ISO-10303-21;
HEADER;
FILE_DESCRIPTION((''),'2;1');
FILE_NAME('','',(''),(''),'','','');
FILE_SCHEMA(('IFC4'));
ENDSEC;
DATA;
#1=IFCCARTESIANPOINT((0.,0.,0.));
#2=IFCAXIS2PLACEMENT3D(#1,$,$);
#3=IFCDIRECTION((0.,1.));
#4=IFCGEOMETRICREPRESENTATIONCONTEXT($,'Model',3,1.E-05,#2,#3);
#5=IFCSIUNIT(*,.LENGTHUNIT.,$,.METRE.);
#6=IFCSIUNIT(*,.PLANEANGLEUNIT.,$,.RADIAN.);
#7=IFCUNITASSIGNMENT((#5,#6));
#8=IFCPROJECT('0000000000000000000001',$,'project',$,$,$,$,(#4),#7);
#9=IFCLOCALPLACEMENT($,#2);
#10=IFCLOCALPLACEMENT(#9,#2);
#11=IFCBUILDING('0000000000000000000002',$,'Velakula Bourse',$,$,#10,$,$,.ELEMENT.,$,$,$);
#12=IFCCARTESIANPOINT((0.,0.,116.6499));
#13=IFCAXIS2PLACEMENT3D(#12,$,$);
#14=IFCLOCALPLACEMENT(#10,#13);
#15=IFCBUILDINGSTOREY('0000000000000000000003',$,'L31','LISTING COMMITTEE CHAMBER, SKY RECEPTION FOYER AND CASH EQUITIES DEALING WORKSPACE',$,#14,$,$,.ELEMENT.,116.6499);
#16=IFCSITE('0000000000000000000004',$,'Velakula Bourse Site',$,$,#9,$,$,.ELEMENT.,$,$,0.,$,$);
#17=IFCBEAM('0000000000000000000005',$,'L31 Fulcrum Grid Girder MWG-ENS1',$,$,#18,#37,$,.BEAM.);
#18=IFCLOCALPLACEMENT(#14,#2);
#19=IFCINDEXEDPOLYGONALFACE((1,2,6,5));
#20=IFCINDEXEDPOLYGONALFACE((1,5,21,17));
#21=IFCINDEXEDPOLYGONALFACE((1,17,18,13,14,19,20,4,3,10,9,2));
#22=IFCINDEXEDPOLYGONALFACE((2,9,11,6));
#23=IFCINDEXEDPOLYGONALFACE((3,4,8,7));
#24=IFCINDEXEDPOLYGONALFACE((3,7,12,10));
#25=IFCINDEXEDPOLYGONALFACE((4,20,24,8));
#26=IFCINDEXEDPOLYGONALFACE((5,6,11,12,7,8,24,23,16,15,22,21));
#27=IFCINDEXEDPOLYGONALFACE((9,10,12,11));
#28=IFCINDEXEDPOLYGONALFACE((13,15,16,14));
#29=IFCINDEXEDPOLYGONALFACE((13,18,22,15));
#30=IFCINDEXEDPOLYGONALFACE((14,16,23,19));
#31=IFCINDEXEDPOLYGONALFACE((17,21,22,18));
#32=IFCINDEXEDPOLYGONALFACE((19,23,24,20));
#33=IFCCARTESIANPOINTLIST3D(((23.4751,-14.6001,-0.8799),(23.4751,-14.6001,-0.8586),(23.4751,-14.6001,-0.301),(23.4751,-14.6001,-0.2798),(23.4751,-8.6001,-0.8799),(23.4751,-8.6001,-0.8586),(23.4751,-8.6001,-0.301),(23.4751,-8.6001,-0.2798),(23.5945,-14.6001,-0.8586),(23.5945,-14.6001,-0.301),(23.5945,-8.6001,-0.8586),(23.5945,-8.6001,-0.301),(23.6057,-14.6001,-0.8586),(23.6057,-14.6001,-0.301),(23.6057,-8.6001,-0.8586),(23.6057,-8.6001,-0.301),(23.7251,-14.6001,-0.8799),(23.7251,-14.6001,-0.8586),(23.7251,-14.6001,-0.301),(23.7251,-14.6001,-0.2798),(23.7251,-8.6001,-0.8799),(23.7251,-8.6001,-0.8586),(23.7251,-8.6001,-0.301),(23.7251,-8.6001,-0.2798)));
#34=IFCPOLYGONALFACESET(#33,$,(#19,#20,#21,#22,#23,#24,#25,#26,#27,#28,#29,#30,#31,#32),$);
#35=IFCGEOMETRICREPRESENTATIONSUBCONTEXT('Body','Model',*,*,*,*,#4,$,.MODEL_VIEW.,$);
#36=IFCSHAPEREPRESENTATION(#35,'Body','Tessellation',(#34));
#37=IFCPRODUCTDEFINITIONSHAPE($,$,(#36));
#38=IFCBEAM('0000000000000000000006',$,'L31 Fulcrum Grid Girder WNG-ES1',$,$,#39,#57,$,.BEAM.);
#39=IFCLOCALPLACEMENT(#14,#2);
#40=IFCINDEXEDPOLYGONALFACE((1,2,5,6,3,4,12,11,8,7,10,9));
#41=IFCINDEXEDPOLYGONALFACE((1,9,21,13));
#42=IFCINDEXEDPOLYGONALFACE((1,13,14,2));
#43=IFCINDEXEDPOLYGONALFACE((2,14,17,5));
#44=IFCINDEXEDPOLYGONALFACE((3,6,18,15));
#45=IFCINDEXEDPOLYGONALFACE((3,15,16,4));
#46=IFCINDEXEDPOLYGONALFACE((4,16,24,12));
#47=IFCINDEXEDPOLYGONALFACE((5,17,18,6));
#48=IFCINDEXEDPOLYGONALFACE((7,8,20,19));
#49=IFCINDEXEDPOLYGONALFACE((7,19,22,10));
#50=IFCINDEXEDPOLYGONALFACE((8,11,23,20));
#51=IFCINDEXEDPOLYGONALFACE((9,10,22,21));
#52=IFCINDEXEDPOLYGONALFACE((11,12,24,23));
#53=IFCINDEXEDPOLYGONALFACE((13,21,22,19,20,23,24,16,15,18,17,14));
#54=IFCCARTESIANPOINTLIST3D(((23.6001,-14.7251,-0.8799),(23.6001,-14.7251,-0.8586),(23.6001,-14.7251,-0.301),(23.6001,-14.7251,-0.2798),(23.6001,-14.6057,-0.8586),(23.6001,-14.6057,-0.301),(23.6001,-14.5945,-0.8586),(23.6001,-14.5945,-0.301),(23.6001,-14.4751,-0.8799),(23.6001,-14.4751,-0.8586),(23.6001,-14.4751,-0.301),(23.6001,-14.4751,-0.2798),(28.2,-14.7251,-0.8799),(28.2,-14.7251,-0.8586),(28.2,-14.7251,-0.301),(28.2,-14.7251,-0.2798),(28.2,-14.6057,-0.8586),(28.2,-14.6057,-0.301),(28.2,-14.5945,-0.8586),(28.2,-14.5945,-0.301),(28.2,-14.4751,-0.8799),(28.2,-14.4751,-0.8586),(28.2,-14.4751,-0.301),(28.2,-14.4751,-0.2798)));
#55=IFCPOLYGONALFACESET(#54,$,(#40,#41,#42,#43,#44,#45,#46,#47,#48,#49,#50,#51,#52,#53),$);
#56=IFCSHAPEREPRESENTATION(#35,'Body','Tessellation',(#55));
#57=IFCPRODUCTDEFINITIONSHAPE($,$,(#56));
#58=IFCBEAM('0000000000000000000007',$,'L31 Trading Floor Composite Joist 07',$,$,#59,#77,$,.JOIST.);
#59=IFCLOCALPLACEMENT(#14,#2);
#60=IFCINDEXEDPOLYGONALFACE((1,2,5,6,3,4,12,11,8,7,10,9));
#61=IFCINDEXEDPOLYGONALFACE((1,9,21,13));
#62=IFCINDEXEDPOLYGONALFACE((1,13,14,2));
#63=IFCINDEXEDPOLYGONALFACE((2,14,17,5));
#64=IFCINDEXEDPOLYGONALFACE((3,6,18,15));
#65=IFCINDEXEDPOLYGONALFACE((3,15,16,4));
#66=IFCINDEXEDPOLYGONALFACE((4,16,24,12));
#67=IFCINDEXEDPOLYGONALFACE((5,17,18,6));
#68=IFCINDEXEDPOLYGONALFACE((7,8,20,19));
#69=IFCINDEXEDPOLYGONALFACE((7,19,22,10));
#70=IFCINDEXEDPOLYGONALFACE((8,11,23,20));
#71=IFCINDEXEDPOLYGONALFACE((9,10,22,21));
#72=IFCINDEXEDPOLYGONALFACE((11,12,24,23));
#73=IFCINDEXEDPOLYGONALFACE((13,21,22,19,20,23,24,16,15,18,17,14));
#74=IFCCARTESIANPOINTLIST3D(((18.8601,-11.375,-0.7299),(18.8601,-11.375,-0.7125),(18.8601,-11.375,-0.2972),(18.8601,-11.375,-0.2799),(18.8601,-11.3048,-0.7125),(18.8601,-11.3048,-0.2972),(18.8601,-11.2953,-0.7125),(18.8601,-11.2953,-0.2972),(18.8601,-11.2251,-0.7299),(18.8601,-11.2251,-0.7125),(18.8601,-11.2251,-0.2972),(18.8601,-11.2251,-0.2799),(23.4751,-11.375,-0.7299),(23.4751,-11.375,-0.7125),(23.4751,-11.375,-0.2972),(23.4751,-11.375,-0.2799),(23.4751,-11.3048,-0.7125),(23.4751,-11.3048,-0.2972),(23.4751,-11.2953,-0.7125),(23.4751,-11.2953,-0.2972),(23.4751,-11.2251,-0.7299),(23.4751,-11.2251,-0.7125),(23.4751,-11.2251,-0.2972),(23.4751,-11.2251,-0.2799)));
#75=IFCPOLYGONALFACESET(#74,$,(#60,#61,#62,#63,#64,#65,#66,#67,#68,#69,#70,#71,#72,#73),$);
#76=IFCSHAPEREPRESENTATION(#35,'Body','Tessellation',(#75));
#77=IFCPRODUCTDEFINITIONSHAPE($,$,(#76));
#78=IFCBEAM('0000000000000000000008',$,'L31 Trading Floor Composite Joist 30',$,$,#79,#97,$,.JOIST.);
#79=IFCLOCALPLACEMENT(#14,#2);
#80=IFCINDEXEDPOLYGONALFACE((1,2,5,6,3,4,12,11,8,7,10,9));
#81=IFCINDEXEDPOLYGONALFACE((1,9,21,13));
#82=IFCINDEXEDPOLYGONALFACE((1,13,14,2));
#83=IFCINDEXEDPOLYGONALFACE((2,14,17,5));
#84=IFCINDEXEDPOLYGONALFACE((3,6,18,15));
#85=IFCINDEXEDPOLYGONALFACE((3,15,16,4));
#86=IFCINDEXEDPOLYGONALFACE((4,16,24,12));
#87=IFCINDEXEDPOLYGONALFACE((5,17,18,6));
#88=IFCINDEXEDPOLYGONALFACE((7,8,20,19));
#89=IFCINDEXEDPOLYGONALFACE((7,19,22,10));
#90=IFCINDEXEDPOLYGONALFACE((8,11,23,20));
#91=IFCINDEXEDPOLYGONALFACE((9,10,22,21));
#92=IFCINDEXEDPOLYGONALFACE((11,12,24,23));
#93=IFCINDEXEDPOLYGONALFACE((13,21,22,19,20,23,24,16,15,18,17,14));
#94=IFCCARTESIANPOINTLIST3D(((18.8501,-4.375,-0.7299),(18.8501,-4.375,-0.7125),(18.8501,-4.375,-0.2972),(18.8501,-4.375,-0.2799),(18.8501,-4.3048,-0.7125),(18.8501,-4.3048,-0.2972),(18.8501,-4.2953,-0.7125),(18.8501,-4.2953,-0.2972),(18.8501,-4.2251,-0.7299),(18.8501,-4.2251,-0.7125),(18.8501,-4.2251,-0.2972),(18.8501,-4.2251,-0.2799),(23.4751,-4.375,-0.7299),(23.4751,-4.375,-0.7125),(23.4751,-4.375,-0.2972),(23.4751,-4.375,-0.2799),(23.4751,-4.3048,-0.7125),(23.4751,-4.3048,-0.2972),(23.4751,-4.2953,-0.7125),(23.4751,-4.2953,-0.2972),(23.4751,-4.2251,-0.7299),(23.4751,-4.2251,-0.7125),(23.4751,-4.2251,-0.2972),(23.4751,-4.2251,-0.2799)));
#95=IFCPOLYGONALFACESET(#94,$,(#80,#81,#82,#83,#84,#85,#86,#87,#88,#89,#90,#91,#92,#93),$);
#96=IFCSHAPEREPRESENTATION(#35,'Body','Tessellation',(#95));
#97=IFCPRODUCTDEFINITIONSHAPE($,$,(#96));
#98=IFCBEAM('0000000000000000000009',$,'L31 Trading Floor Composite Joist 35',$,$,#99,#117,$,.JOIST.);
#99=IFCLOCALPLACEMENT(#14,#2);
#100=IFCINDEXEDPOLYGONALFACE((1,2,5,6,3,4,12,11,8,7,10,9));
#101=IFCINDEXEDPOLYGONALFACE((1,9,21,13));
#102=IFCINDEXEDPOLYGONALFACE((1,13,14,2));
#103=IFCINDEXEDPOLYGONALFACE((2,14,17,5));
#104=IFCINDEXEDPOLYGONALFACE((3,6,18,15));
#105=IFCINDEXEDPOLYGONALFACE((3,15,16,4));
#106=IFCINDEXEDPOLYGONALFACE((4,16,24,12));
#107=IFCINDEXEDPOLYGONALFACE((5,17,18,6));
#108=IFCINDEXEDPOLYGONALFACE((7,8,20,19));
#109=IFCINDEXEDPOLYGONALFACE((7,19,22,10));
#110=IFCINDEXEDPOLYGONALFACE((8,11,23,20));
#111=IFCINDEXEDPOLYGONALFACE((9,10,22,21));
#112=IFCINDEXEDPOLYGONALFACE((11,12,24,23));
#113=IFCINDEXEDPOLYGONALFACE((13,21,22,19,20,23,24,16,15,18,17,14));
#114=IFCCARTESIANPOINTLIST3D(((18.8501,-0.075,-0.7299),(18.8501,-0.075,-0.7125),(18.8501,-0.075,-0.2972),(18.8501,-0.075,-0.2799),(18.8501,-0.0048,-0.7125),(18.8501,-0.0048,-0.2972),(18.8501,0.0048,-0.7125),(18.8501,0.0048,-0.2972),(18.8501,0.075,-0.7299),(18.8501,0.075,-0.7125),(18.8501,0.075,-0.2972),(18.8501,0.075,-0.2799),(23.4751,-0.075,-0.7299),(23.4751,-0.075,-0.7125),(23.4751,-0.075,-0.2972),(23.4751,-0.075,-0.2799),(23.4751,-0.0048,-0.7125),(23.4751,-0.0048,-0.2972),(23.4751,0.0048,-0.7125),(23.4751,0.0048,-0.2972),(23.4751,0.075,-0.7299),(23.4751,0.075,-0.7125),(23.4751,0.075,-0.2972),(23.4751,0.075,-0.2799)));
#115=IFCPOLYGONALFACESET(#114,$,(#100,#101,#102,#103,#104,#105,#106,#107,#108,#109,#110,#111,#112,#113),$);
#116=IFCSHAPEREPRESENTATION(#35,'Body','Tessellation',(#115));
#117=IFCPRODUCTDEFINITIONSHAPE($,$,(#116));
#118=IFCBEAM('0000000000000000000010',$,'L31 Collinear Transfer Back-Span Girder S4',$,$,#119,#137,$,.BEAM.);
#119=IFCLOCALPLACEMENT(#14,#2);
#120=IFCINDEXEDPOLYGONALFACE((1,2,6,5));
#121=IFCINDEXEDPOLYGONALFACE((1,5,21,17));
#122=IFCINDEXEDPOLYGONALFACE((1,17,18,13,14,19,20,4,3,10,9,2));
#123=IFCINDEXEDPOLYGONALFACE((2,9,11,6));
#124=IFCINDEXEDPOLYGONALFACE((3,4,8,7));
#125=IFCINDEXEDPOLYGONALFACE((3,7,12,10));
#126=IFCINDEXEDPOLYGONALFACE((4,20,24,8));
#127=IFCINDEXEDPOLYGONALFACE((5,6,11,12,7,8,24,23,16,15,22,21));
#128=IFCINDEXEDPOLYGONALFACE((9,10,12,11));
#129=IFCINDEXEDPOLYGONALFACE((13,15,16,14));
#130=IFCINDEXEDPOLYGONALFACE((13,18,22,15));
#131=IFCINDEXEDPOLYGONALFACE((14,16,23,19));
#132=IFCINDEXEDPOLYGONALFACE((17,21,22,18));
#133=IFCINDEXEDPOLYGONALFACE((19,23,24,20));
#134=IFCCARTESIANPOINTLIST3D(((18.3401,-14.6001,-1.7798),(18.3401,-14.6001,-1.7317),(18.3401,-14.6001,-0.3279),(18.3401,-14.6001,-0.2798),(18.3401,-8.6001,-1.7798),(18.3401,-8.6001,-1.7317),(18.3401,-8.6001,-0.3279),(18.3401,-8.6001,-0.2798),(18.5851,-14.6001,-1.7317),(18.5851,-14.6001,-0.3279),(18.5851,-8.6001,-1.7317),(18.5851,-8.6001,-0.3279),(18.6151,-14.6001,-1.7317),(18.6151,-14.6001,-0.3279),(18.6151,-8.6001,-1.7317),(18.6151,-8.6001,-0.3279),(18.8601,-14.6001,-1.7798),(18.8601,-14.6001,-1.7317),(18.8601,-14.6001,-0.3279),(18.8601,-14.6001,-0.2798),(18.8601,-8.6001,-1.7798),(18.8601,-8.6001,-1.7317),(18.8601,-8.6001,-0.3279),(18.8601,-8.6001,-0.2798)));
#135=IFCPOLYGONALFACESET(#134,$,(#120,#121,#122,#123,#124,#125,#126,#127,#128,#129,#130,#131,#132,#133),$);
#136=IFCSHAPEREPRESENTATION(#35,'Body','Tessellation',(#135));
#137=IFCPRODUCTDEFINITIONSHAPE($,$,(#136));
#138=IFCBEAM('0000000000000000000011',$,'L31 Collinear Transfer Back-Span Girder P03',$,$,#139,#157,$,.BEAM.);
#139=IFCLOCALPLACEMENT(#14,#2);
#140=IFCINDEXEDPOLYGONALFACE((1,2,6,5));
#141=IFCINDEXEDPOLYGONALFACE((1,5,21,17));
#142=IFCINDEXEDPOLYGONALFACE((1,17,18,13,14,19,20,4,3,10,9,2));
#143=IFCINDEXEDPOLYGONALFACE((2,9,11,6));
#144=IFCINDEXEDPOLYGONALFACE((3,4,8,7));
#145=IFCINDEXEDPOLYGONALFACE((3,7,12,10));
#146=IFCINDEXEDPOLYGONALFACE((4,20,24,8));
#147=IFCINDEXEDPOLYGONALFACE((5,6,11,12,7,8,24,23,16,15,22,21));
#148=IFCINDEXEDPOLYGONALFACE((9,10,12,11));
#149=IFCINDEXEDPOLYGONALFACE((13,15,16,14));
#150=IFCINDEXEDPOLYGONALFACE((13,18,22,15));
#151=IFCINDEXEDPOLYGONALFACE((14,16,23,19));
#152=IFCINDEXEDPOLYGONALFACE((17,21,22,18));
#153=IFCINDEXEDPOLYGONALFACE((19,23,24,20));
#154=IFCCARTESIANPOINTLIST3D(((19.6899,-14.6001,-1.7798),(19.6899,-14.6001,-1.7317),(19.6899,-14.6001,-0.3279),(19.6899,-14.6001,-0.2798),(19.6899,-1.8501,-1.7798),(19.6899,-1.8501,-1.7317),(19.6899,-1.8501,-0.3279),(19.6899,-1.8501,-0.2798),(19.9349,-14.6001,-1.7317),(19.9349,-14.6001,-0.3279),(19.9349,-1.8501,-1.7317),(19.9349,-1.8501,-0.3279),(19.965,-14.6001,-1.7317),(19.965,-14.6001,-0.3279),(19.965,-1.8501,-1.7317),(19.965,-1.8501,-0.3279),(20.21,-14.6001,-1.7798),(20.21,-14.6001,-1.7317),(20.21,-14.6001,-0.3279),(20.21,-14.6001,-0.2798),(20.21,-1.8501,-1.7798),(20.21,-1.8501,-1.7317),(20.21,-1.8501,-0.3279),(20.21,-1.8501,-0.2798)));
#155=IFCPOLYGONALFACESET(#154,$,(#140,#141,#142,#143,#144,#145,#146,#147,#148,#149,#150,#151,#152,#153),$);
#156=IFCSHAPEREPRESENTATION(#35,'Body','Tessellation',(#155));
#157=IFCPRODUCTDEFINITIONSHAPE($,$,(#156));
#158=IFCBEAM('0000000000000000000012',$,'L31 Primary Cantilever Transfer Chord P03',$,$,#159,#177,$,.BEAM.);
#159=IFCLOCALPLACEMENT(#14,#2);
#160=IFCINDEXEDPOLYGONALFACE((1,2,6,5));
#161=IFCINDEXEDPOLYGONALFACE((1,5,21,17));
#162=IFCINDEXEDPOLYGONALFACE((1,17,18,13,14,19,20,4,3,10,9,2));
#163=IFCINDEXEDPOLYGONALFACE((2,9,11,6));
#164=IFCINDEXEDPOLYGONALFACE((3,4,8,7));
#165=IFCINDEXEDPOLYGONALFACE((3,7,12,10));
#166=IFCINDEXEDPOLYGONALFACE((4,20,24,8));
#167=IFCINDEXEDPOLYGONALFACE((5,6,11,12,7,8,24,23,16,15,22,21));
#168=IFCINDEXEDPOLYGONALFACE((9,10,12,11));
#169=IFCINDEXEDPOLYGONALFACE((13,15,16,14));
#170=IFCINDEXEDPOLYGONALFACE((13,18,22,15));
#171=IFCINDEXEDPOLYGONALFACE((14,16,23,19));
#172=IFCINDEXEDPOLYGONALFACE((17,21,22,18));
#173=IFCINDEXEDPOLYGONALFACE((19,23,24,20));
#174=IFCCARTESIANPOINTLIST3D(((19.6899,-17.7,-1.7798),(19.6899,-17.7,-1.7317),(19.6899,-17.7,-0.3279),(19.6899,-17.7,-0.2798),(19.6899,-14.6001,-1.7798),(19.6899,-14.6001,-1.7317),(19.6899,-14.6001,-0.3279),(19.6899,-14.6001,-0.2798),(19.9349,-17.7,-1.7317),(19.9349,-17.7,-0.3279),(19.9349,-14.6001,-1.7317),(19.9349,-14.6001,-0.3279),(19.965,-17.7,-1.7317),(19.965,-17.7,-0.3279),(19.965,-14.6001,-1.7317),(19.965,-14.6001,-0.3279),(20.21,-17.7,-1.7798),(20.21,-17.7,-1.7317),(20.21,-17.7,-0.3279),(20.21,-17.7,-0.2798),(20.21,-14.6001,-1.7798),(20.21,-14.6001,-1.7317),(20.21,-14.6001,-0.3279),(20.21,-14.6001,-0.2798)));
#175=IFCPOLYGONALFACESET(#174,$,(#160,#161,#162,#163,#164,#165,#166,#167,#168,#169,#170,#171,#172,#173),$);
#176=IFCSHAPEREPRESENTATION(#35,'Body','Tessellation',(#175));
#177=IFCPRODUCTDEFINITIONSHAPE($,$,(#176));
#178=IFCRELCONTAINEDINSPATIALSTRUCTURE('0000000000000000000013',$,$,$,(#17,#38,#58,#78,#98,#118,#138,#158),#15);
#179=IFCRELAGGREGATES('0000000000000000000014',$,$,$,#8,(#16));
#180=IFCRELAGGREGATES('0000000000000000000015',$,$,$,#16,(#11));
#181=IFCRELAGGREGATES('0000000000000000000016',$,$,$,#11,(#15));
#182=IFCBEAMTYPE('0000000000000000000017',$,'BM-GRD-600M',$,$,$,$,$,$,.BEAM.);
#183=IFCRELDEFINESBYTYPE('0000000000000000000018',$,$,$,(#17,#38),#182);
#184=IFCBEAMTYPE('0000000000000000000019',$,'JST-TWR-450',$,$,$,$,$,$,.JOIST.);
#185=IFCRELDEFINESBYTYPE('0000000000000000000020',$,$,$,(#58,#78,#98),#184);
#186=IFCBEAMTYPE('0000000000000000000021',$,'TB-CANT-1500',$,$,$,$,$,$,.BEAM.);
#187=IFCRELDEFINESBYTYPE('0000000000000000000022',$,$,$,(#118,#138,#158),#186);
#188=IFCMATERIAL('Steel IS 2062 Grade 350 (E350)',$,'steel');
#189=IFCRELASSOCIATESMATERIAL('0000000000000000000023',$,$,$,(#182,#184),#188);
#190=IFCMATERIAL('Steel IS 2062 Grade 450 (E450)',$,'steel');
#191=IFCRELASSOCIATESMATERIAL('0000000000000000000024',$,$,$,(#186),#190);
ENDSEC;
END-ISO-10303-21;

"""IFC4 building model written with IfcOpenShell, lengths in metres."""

from ifc_helpers import new_model, si_unit, direction, frame, origin, origin_2d, place, context, subcontext, project, spatial, i_section, extrude, material, material_profile, profile_set, type_object, element, save


model = new_model("IFC4")

# Units and contexts
model_context = context("Model", 3, precision=1e-05, world=origin(), true_north=direction((0.0, 1.0)))
body_context = subcontext(model_context, "Body", "Model", "MODEL_VIEW")
ifc_project = project(units=[si_unit("LENGTHUNIT", "METRE"), si_unit("PLANEANGLEUNIT", "RADIAN")], contexts=[model_context])

# Site, building, storey
site_placement = place(None, origin())
site = spatial("IfcSite", under=ifc_project, at=site_placement, Name="Velakula Bourse Site", CompositionType="ELEMENT", RefElevation=0.0)
building_placement = place(site_placement, origin())
building = spatial("IfcBuilding", under=site, at=building_placement, Name="Velakula Bourse", CompositionType="ELEMENT")
storey_placement = place(building_placement, frame((0.0, 0.0, 116.6499)))
storey = spatial("IfcBuildingStorey", under=building, at=storey_placement, Name="L31", Description="LISTING COMMITTEE CHAMBER, SKY RECEPTION FOYER AND CASH EQUITIES DEALING WORKSPACE", CompositionType="ELEMENT", Elevation=116.6499)

# Shared definitions
ifc_material_1 = material(Name="Steel IS 2062 Grade 350 (E350)", Category="steel")

# Beams
ifc_material_profile_1 = material_profile(ifc_material_1, i_section(OverallWidth=0.25, OverallDepth=0.6001, WebThickness=0.0112, FlangeThickness=0.0212, at=origin_2d()), Name="Steel IS 2062 Grade 350 (E350)")
ifc_profile_set_1 = profile_set([ifc_material_profile_1], Name="Steel IS 2062 Grade 350 (E350)")
beam_type_1 = type_object("IfcBeamType", Name="BM-GRD-600M", PredefinedType="BEAM", material=ifc_profile_set_1)
beam_1_placement = place(storey_placement, frame((23.6001, -14.6001, -0.5798), z_axis=(0.0, 1.0, 0.0), x_axis=(-1.0, 0.0, 0.0)))
element("IfcBeam", 1, at=beam_1_placement, inside=storey, type_object=beam_type_1, Name="L31 Fulcrum Grid Girder MWG-ENS1", PredefinedType="BEAM", context=body_context, shape_type="SweptSolid", body=[
    extrude(i_section(OverallWidth=0.25, OverallDepth=0.6001, WebThickness=0.0112, FlangeThickness=0.0212, at=origin_2d()), origin(), (0.0, 0.0, 1.0), 6.0),
])
beam_2_placement = place(storey_placement, frame((23.6001, -14.6001, -0.5798), z_axis=(1.0, 0.0, 0.0), x_axis=(0.0, 1.0, 0.0)))
element("IfcBeam", 2, at=beam_2_placement, inside=storey, type_object=beam_type_1, Name="L31 Fulcrum Grid Girder WNG-ES1", PredefinedType="BEAM", context=body_context, shape_type="SweptSolid", body=[
    extrude(i_section(OverallWidth=0.25, OverallDepth=0.6001, WebThickness=0.0112, FlangeThickness=0.0212, at=origin_2d()), origin(), (0.0, 0.0, 1.0), 4.5999),
])
ifc_material_profile_2 = material_profile(ifc_material_1, i_section(OverallWidth=0.1499, OverallDepth=0.45, WebThickness=0.0095, FlangeThickness=0.0173, at=origin_2d()), Name="Steel IS 2062 Grade 350 (E350)")
ifc_profile_set_2 = profile_set([ifc_material_profile_2], Name="Steel IS 2062 Grade 350 (E350)")
beam_type_2 = type_object("IfcBeamType", Name="JST-TWR-450", PredefinedType="JOIST", material=ifc_profile_set_2)
beam_3_placement = place(storey_placement, frame((18.8601, -11.3, -0.5049), z_axis=(1.0, 0.0, 0.0), x_axis=(0.0, 1.0, 0.0)))
element("IfcBeam", 3, at=beam_3_placement, inside=storey, type_object=beam_type_2, Name="L31 Trading Floor Composite Joist 07", PredefinedType="JOIST", context=body_context, shape_type="SweptSolid", body=[
    extrude(i_section(OverallWidth=0.1499, OverallDepth=0.45, WebThickness=0.0095, FlangeThickness=0.0173, at=origin_2d()), origin(), (0.0, 0.0, 1.0), 4.615),
])
for number, where, z_axis, x_axis, name in (
    (4, (18.8501, -4.3, -0.5049), (1.0, 0.0, 0.0), (0.0, 1.0, 0.0), "L31 Trading Floor Composite Joist 30"),
    (5, (18.8501, 0.0, -0.5049), (1.0, 0.0, 0.0), (0.0, 1.0, 0.0), "L31 Trading Floor Composite Joist 35"),
):
    element("IfcBeam", number, at=place(storey_placement, frame(where, z_axis=z_axis, x_axis=x_axis)), inside=storey, type_object=beam_type_2, Name=name, PredefinedType="JOIST", context=body_context, shape_type="SweptSolid", body=[
        extrude(i_section(OverallWidth=0.1499, OverallDepth=0.45, WebThickness=0.0095, FlangeThickness=0.0173, at=origin_2d()), origin(), (0.0, 0.0, 1.0), 4.625),
    ])
ifc_material_2 = material(Name="Steel IS 2062 Grade 450 (E450)", Category="steel")
ifc_material_profile_3 = material_profile(ifc_material_2, i_section(OverallWidth=0.52, OverallDepth=1.5, WebThickness=0.03, FlangeThickness=0.0481, at=origin_2d()), Name="Steel IS 2062 Grade 450 (E450)")
ifc_profile_set_3 = profile_set([ifc_material_profile_3], Name="Steel IS 2062 Grade 450 (E450)")
beam_type_3 = type_object("IfcBeamType", Name="TB-CANT-1500", PredefinedType="BEAM", material=ifc_profile_set_3)
beam_4_placement = place(storey_placement, frame((18.6001, -8.6001, -1.0298), z_axis=(0.0, -1.0, 0.0), x_axis=(1.0, 0.0, 0.0)))
element("IfcBeam", 6, at=beam_4_placement, inside=storey, type_object=beam_type_3, Name="L31 Collinear Transfer Back-Span Girder S4", PredefinedType="BEAM", context=body_context, shape_type="SweptSolid", body=[
    extrude(i_section(OverallWidth=0.52, OverallDepth=1.5, WebThickness=0.03, FlangeThickness=0.0481, at=origin_2d()), origin(), (0.0, 0.0, 1.0), 6.0),
])
beam_5_placement = place(storey_placement, frame((19.95, -1.8501, -1.0298), z_axis=(0.0, -1.0, 0.0), x_axis=(1.0, 0.0, 0.0)))
element("IfcBeam", 7, at=beam_5_placement, inside=storey, type_object=beam_type_3, Name="L31 Collinear Transfer Back-Span Girder P03", PredefinedType="BEAM", context=body_context, shape_type="SweptSolid", body=[
    extrude(i_section(OverallWidth=0.52, OverallDepth=1.5, WebThickness=0.03, FlangeThickness=0.0481, at=origin_2d()), origin(), (0.0, 0.0, 1.0), 12.75),
])
beam_6_placement = place(storey_placement, frame((19.95, -14.6001, -1.0298), z_axis=(0.0, -1.0, 0.0), x_axis=(1.0, 0.0, 0.0)))
element("IfcBeam", 8, at=beam_6_placement, inside=storey, type_object=beam_type_3, Name="L31 Primary Cantilever Transfer Chord P03", PredefinedType="BEAM", context=body_context, shape_type="SweptSolid", body=[
    extrude(i_section(OverallWidth=0.52, OverallDepth=1.5, WebThickness=0.03, FlangeThickness=0.0481, at=origin_2d()), origin(), (0.0, 0.0, 1.0), 3.0999),
])

save(model, "model.ifc")
